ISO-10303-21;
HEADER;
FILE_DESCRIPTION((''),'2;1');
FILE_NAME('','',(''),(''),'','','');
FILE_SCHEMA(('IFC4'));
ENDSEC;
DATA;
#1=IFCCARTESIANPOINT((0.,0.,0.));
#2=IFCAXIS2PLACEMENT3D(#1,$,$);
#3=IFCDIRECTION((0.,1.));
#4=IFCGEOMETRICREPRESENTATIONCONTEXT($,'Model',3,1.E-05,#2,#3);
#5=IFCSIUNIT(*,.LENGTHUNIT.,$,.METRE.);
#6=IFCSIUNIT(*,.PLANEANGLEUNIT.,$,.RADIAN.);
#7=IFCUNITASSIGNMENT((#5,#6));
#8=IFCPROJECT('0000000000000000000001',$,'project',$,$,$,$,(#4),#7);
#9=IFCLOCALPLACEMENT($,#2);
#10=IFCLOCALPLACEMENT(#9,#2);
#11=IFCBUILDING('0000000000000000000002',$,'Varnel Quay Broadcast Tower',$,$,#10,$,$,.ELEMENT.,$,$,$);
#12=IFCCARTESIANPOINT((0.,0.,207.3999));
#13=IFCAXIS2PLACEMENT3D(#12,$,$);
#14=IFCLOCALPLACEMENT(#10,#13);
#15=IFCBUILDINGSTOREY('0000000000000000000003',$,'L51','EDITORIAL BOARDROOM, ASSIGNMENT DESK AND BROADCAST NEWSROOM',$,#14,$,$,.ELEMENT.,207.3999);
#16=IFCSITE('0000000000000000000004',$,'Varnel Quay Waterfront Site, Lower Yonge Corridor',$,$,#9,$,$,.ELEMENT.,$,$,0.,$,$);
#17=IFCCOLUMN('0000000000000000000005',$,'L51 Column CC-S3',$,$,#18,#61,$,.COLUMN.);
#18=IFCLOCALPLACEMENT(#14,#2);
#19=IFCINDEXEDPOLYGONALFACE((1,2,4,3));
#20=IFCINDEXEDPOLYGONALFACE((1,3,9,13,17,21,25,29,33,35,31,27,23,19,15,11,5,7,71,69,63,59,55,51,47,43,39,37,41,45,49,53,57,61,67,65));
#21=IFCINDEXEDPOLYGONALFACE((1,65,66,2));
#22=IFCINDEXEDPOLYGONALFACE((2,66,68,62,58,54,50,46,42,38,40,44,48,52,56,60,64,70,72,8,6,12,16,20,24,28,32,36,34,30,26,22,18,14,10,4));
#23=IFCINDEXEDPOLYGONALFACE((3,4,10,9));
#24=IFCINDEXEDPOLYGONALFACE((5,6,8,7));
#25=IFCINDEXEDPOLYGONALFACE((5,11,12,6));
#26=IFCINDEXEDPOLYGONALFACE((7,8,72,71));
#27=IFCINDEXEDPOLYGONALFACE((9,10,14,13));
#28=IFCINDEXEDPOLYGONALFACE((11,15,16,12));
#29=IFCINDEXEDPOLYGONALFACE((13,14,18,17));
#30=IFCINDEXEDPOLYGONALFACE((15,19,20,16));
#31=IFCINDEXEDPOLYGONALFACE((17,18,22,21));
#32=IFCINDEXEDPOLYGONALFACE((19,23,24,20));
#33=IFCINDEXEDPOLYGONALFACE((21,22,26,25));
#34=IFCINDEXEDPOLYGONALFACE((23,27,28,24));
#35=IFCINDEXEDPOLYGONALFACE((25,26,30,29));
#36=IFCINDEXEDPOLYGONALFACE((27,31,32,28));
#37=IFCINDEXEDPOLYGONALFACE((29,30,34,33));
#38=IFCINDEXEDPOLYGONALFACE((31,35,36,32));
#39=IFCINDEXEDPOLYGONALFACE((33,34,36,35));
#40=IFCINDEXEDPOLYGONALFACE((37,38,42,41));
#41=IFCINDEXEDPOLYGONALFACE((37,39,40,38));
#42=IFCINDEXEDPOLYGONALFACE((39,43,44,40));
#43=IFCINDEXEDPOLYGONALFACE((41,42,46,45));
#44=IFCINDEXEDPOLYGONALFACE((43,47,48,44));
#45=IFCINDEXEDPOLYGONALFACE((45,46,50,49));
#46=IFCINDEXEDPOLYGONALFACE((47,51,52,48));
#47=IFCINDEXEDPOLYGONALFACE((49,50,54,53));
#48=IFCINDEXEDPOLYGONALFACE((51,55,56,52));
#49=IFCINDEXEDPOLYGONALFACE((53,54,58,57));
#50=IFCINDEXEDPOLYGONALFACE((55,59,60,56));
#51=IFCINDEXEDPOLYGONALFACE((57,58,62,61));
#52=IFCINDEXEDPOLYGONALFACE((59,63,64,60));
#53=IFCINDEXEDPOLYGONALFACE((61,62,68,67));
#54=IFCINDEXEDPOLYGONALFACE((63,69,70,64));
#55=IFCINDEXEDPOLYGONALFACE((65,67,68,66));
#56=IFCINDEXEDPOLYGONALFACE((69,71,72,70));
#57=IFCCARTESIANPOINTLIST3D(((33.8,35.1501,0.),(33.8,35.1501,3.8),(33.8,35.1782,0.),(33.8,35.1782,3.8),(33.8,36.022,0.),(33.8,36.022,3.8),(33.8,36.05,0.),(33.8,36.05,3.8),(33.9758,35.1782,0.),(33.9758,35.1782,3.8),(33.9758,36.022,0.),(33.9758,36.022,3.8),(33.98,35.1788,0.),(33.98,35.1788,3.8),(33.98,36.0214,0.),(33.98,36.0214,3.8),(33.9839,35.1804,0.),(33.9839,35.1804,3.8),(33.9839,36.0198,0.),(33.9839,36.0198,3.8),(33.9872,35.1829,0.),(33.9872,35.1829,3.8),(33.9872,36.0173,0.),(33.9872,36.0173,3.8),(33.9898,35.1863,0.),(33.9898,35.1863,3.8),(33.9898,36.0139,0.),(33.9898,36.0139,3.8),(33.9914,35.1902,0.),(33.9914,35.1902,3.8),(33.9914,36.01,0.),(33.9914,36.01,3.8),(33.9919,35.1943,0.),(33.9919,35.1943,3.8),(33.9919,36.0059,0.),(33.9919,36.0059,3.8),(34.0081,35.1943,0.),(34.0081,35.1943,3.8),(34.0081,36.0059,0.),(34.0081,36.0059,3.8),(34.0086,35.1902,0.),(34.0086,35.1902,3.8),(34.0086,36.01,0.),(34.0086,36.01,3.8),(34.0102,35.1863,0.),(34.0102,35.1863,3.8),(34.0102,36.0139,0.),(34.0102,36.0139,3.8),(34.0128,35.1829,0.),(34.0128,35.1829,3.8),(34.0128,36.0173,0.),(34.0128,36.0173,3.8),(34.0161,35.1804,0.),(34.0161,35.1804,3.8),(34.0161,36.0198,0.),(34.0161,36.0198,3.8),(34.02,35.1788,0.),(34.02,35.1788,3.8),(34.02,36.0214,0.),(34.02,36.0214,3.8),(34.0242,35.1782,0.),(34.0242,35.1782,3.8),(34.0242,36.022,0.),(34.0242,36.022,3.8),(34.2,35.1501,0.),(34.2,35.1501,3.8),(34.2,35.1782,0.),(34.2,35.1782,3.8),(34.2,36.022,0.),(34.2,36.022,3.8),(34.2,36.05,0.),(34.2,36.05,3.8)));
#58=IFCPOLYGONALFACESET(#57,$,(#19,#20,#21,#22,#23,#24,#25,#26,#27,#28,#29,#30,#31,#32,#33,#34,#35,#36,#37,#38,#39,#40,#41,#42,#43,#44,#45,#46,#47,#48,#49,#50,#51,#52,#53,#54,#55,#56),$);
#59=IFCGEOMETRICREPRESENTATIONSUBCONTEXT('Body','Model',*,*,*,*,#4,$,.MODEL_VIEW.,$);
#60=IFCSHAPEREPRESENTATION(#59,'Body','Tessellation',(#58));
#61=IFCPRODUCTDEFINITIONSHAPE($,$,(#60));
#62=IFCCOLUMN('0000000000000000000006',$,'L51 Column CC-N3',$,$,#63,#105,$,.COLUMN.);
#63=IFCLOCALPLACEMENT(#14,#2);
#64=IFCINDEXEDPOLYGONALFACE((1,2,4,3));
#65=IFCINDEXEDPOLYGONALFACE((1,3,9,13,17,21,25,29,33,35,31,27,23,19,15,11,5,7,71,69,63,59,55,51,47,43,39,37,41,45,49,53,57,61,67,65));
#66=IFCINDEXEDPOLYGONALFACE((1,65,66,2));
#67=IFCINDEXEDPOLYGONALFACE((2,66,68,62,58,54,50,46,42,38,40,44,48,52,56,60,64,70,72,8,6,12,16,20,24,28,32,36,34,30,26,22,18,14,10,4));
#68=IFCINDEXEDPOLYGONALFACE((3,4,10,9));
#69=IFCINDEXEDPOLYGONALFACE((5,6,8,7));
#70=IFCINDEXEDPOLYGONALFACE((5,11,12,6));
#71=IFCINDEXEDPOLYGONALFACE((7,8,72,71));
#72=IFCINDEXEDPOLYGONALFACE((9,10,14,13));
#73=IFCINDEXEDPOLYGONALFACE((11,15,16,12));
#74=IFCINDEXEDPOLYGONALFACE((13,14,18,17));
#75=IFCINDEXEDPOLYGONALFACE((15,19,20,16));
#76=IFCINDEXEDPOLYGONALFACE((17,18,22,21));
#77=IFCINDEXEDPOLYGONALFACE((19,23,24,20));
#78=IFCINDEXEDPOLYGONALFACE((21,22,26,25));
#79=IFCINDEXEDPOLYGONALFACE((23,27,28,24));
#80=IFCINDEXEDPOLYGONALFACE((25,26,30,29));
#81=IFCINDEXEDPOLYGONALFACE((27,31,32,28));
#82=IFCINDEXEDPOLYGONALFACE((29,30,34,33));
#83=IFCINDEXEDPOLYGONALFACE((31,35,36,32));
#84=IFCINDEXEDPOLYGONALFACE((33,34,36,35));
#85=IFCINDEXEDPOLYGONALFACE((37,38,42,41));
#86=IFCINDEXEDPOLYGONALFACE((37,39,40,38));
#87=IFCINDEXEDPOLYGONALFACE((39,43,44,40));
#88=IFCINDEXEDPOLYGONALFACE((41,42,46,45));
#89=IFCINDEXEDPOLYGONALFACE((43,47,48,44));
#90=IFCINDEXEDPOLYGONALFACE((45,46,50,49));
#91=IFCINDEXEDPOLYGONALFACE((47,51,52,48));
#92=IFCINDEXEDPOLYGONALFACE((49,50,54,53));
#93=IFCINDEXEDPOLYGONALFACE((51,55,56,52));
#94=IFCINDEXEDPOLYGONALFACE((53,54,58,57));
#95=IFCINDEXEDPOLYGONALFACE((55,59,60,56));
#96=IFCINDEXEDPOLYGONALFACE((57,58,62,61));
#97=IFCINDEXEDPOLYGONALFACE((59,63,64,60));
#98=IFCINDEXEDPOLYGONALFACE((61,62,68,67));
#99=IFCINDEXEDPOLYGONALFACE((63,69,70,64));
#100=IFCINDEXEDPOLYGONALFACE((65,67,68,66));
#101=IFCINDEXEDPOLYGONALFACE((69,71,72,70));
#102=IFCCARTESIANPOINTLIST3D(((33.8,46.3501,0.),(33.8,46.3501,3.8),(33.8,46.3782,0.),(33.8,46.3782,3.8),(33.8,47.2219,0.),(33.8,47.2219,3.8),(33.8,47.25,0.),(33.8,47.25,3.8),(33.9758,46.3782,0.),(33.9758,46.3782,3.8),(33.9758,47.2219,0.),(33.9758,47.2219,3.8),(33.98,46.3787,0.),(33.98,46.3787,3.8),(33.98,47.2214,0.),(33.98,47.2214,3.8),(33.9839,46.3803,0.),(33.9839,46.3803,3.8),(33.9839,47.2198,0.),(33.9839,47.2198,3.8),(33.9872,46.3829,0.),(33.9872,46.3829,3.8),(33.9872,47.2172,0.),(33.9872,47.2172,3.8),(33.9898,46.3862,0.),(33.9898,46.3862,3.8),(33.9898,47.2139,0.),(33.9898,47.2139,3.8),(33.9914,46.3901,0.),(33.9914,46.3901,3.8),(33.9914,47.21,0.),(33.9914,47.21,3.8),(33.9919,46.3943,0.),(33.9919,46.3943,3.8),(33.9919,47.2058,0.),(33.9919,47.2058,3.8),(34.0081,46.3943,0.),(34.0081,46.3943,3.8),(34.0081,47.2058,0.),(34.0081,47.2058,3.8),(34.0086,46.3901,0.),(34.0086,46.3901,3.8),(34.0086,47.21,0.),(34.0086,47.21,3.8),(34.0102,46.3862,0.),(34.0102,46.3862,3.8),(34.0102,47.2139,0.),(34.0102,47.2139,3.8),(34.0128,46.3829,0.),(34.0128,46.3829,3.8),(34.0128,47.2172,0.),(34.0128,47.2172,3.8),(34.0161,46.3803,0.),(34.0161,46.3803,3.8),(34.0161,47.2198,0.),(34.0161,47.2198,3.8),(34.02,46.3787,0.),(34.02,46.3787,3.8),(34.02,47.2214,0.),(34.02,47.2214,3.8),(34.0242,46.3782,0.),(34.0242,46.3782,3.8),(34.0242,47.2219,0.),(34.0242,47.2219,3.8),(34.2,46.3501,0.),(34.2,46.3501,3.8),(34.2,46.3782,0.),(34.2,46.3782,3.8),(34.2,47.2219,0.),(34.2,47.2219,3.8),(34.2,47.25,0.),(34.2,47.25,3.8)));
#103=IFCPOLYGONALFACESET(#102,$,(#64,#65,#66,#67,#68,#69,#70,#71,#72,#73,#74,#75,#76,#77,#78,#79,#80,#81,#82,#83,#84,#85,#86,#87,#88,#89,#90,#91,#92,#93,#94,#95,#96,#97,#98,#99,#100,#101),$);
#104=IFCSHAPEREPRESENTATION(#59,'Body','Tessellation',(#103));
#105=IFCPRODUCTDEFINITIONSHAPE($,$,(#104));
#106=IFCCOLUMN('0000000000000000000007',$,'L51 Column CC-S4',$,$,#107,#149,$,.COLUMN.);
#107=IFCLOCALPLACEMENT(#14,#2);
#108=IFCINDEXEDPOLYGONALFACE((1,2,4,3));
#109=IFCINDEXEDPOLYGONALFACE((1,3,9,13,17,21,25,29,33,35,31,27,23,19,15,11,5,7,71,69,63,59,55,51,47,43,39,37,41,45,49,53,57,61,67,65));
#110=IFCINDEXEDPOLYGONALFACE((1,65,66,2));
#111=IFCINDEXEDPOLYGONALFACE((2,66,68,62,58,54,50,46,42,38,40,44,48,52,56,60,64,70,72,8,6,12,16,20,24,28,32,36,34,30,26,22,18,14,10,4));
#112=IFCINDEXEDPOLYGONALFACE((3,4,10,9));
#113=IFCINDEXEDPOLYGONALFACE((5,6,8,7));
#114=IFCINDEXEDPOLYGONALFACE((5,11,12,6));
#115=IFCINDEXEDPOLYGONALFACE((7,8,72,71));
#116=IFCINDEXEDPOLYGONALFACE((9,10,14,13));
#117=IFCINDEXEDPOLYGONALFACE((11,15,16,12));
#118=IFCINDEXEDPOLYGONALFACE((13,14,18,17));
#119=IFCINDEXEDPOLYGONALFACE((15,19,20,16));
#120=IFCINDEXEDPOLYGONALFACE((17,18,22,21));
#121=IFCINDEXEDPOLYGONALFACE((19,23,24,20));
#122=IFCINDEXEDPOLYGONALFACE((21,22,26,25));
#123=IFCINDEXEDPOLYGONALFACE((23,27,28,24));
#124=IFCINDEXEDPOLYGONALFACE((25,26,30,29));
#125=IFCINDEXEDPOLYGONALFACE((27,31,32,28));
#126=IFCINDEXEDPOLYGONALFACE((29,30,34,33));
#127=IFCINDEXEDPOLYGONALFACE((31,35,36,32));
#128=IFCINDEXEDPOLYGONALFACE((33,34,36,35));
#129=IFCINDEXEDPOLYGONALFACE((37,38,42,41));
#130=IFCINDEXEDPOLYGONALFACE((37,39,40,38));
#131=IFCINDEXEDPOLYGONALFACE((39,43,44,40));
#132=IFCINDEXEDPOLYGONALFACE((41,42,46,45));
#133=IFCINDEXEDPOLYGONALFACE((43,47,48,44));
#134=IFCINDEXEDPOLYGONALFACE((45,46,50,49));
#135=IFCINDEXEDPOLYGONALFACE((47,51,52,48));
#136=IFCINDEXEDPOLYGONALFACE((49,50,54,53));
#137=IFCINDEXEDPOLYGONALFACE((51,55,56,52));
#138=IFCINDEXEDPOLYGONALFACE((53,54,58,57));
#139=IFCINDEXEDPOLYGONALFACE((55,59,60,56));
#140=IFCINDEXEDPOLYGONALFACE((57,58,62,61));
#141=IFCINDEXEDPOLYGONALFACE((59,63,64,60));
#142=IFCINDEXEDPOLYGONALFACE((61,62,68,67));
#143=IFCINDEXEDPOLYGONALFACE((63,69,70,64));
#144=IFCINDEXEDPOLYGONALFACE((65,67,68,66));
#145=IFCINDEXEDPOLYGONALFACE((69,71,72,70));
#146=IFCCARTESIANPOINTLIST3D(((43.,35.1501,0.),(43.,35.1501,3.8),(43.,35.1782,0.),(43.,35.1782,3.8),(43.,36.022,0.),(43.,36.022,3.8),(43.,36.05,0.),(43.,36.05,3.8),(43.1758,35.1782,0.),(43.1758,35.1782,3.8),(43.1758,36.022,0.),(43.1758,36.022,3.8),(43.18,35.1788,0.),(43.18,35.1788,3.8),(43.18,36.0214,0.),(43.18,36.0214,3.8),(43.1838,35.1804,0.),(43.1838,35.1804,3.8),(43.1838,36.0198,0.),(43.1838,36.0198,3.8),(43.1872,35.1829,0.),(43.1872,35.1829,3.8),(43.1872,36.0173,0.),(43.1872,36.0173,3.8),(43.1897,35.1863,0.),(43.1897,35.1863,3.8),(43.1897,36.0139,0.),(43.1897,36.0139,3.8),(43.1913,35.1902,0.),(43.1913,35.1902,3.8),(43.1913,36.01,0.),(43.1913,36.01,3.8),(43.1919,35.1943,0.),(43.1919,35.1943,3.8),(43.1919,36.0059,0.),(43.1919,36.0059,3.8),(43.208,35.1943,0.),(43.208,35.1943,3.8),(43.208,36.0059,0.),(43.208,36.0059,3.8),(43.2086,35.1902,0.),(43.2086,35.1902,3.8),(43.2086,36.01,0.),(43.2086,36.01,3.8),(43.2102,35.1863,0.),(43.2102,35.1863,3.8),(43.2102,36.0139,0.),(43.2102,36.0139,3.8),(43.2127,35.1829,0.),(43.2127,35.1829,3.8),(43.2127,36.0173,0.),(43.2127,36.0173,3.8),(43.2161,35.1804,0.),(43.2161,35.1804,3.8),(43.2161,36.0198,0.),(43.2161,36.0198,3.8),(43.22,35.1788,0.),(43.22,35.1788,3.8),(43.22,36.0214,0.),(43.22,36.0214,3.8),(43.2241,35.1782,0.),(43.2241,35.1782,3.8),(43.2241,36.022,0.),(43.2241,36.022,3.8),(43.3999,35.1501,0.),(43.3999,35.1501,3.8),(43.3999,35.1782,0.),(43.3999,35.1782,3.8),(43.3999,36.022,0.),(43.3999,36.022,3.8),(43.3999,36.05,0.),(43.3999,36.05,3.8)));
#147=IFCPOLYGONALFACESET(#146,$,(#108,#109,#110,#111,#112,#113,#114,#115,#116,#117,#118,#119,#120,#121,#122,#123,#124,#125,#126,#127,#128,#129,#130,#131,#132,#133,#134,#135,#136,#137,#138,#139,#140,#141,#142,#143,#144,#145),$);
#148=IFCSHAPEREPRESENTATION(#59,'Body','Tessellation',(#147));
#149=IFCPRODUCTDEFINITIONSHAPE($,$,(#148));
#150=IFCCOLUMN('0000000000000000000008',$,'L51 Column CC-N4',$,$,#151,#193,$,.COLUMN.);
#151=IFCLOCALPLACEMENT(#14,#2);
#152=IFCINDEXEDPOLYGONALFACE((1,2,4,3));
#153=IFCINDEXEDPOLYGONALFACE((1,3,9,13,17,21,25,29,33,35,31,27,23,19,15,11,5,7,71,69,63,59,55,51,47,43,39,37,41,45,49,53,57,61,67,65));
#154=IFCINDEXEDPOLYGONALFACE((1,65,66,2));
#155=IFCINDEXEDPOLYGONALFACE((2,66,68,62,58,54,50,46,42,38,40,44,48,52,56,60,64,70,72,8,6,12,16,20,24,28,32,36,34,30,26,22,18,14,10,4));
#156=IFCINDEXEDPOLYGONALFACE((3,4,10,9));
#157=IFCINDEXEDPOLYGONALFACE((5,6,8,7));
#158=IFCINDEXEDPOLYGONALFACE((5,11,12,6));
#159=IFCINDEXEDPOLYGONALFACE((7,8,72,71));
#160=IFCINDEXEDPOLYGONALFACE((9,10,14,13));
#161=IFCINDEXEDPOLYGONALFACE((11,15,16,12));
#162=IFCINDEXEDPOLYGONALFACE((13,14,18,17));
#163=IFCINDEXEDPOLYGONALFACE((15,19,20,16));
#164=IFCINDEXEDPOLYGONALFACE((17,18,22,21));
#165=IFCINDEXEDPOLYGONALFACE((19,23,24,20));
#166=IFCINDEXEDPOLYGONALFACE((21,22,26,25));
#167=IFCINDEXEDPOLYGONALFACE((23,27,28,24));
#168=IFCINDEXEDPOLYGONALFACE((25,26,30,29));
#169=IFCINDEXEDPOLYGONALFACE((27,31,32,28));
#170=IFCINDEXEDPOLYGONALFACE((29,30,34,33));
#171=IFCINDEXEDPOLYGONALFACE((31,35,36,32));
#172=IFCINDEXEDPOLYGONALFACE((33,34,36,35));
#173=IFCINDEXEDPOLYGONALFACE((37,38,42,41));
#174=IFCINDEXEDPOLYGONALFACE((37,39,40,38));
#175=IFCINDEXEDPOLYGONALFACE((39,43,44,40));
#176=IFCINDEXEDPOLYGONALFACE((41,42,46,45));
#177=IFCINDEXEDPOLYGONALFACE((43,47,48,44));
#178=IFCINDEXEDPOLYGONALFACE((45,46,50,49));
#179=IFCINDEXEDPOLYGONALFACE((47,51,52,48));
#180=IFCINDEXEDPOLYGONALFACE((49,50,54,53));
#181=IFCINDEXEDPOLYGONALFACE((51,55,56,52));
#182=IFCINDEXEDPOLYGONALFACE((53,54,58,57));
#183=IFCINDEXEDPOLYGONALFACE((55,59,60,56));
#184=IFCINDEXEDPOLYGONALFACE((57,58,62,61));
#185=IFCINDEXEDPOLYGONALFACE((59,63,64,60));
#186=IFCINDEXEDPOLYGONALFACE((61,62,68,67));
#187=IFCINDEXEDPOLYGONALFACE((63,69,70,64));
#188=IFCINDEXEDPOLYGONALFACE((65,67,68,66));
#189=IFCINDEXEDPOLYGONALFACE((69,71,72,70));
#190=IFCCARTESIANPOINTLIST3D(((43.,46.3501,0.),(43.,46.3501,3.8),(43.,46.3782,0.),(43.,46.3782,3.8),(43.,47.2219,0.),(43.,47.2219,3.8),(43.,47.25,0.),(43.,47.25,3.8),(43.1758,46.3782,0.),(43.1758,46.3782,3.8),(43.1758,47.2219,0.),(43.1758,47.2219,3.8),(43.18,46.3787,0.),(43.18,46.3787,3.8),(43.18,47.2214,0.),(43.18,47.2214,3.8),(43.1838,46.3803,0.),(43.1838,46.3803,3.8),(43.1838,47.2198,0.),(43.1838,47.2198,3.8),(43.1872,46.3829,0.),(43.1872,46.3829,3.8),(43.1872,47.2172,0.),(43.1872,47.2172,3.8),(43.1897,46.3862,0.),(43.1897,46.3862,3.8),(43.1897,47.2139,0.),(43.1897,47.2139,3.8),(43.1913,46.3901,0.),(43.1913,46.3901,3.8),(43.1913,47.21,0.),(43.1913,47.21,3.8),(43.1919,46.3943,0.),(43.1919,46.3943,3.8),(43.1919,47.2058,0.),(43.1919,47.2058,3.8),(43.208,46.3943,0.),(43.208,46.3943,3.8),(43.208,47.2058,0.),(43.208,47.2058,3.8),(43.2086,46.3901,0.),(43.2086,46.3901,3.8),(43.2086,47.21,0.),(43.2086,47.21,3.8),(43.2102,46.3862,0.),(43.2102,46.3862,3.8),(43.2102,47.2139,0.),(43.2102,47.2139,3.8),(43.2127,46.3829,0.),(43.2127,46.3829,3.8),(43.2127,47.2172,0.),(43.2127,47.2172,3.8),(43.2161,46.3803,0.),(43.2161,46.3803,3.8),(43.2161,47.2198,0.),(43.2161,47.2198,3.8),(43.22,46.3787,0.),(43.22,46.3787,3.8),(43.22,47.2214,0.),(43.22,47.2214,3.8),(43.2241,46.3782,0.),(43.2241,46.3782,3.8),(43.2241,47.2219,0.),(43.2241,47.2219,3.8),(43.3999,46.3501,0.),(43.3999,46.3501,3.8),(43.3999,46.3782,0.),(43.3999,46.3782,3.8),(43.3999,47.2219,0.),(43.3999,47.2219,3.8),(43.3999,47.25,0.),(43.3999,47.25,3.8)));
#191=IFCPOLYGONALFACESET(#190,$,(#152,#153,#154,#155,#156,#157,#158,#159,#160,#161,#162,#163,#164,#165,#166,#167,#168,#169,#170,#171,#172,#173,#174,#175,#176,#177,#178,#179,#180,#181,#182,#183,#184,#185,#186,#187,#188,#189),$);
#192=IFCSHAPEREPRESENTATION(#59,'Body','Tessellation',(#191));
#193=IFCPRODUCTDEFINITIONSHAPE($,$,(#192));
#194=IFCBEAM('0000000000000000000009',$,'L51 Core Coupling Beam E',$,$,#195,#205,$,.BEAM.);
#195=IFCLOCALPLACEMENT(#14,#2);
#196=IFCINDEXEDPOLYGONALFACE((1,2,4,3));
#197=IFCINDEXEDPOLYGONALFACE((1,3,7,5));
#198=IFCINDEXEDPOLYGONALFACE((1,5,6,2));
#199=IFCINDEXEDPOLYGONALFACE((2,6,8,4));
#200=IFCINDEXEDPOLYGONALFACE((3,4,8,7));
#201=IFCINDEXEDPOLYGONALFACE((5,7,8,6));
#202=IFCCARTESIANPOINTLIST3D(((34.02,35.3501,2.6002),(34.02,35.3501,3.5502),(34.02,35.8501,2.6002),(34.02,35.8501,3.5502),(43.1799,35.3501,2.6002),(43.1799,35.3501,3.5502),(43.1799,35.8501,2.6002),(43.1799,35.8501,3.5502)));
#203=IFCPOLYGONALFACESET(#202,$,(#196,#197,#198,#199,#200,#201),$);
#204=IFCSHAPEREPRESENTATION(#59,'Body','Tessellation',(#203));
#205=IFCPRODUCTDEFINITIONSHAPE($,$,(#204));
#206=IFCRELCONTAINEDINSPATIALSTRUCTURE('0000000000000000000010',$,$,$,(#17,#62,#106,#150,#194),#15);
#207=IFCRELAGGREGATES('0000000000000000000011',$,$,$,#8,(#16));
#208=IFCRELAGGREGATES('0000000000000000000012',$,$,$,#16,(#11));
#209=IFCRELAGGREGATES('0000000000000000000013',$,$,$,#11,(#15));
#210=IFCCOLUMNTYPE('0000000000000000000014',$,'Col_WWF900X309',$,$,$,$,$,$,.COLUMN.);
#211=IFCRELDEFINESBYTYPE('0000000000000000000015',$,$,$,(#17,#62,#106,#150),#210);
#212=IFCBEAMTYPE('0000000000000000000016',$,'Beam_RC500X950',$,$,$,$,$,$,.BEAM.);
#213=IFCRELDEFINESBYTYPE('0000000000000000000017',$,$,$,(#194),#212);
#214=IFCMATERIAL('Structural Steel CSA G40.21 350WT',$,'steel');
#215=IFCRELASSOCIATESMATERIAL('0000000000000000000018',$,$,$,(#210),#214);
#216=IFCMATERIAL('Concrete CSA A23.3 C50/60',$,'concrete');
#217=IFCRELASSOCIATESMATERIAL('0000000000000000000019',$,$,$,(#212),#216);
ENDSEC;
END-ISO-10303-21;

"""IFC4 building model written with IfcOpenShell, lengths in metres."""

from ifc_helpers import new_model, si_unit, direction, frame, origin, origin_2d, place, context, subcontext, project, spatial, rectangle, i_section, extrude, source, transform, mapped, material, material_profile, profile_set, type_object, type_shapes, element, save


model = new_model("IFC4")

# Units and contexts
model_context = context("Model", 3, precision=1e-05, world=origin(), true_north=direction((0.0, 1.0)))
body_context = subcontext(model_context, "Body", "Model", "MODEL_VIEW")
ifc_project = project(units=[si_unit("LENGTHUNIT", "METRE"), si_unit("PLANEANGLEUNIT", "RADIAN")], contexts=[model_context])

# Site, building, storey
site_placement = place(None, origin())
site = spatial("IfcSite", under=ifc_project, at=site_placement, Name="Varnel Quay Waterfront Site, Lower Yonge Corridor", CompositionType="ELEMENT", RefElevation=0.0)
building_placement = place(site_placement, origin())
building = spatial("IfcBuilding", under=site, at=building_placement, Name="Varnel Quay Broadcast Tower", CompositionType="ELEMENT")
storey_placement = place(building_placement, frame((0.0, 0.0, 207.3999)))
storey = spatial("IfcBuildingStorey", under=building, at=storey_placement, Name="L51", Description="EDITORIAL BOARDROOM, ASSIGNMENT DESK AND BROADCAST NEWSROOM", CompositionType="ELEMENT", Elevation=207.3999)

# Columns
ifc_material_1 = material(Name="Structural Steel CSA G40.21 350WT", Category="steel")
ifc_material_profile_1 = material_profile(ifc_material_1, i_section(OverallWidth=0.3999, OverallDepth=0.8999, WebThickness=0.0161, FlangeThickness=0.0281, FilletRadius=0.0161, at=origin_2d()), Name="WWF900X309")
ifc_profile_set_1 = profile_set([ifc_material_profile_1], Name="Structural Steel CSA G40.21 350WT")
column_type = type_object("IfcColumnType", Name="Col_WWF900X309", PredefinedType="COLUMN", material=ifc_profile_set_1)
shared_shape_1 = source(origin(), body_context, "Body", "SweptSolid", [
    extrude(i_section(OverallWidth=0.3999, OverallDepth=0.8999, WebThickness=0.0161, FlangeThickness=0.0281, FilletRadius=0.0161, at=origin_2d()), origin(), (0.0, 0.0, 1.0), 3.8),
])
type_shapes(column_type, [shared_shape_1])
for number, where, z_axis, x_axis, name in (
    (1, (34.0, 35.6001, 0.0), (0.0, 0.0, 1.0), (1.0, 0.0, 0.0), "L51 Column CC-S3"),
    (2, (34.0, 46.8, 0.0), (0.0, 0.0, 1.0), (1.0, 0.0, 0.0), "L51 Column CC-N3"),
    (3, (43.2, 35.6001, 0.0), (0.0, 0.0, 1.0), (1.0, 0.0, 0.0), "L51 Column CC-S4"),
    (4, (43.2, 46.8, 0.0), (0.0, 0.0, 1.0), (1.0, 0.0, 0.0), "L51 Column CC-N4"),
):
    element("IfcColumn", number, at=place(storey_placement, frame(where, z_axis=z_axis, x_axis=x_axis)), inside=storey, type_object=column_type, Name=name, PredefinedType="COLUMN", context=body_context, shape_type="MappedRepresentation", body=[
        mapped(shared_shape_1, transform((0.0, 0.0, 0.0), x_axis=(1.0, 0.0, 0.0), y_axis=(0.0, 1.0, 0.0), z_axis=(0.0, 0.0, 1.0), scale=1.0)),
    ])

# Beam
ifc_material_2 = material(Name="Concrete CSA A23.3 C50/60", Category="concrete")
ifc_material_profile_2 = material_profile(ifc_material_2, rectangle(XDim=0.5, YDim=0.95, at=origin_2d()), Name="RC500X950")
ifc_profile_set_2 = profile_set([ifc_material_profile_2], Name="Concrete CSA A23.3 C50/60")
beam_type_1 = type_object("IfcBeamType", Name="Beam_RC500X950", PredefinedType="BEAM", material=ifc_profile_set_2)
shared_shape_2 = source(origin(), body_context, "Body", "SweptSolid", [
    extrude(rectangle(XDim=0.5, YDim=0.95, at=origin_2d()), origin(), (0.0, 0.0, 1.0), 9.1599),
])
type_shapes(beam_type_1, [shared_shape_2])
beam_1_placement = place(storey_placement, frame((34.02, 35.6001, 3.0752), z_axis=(1.0, 0.0, 0.0), x_axis=(0.0, 1.0, 0.0)))
element("IfcBeam", 5, at=beam_1_placement, inside=storey, type_object=beam_type_1, Name="L51 Core Coupling Beam E", PredefinedType="BEAM", context=body_context, shape_type="MappedRepresentation", body=[
    mapped(shared_shape_2, transform((0.0, 0.0, 0.0), x_axis=(1.0, 0.0, 0.0), y_axis=(0.0, 1.0, 0.0), z_axis=(0.0, 0.0, 1.0), scale=1.0)),
])

save(model, "model.ifc")
